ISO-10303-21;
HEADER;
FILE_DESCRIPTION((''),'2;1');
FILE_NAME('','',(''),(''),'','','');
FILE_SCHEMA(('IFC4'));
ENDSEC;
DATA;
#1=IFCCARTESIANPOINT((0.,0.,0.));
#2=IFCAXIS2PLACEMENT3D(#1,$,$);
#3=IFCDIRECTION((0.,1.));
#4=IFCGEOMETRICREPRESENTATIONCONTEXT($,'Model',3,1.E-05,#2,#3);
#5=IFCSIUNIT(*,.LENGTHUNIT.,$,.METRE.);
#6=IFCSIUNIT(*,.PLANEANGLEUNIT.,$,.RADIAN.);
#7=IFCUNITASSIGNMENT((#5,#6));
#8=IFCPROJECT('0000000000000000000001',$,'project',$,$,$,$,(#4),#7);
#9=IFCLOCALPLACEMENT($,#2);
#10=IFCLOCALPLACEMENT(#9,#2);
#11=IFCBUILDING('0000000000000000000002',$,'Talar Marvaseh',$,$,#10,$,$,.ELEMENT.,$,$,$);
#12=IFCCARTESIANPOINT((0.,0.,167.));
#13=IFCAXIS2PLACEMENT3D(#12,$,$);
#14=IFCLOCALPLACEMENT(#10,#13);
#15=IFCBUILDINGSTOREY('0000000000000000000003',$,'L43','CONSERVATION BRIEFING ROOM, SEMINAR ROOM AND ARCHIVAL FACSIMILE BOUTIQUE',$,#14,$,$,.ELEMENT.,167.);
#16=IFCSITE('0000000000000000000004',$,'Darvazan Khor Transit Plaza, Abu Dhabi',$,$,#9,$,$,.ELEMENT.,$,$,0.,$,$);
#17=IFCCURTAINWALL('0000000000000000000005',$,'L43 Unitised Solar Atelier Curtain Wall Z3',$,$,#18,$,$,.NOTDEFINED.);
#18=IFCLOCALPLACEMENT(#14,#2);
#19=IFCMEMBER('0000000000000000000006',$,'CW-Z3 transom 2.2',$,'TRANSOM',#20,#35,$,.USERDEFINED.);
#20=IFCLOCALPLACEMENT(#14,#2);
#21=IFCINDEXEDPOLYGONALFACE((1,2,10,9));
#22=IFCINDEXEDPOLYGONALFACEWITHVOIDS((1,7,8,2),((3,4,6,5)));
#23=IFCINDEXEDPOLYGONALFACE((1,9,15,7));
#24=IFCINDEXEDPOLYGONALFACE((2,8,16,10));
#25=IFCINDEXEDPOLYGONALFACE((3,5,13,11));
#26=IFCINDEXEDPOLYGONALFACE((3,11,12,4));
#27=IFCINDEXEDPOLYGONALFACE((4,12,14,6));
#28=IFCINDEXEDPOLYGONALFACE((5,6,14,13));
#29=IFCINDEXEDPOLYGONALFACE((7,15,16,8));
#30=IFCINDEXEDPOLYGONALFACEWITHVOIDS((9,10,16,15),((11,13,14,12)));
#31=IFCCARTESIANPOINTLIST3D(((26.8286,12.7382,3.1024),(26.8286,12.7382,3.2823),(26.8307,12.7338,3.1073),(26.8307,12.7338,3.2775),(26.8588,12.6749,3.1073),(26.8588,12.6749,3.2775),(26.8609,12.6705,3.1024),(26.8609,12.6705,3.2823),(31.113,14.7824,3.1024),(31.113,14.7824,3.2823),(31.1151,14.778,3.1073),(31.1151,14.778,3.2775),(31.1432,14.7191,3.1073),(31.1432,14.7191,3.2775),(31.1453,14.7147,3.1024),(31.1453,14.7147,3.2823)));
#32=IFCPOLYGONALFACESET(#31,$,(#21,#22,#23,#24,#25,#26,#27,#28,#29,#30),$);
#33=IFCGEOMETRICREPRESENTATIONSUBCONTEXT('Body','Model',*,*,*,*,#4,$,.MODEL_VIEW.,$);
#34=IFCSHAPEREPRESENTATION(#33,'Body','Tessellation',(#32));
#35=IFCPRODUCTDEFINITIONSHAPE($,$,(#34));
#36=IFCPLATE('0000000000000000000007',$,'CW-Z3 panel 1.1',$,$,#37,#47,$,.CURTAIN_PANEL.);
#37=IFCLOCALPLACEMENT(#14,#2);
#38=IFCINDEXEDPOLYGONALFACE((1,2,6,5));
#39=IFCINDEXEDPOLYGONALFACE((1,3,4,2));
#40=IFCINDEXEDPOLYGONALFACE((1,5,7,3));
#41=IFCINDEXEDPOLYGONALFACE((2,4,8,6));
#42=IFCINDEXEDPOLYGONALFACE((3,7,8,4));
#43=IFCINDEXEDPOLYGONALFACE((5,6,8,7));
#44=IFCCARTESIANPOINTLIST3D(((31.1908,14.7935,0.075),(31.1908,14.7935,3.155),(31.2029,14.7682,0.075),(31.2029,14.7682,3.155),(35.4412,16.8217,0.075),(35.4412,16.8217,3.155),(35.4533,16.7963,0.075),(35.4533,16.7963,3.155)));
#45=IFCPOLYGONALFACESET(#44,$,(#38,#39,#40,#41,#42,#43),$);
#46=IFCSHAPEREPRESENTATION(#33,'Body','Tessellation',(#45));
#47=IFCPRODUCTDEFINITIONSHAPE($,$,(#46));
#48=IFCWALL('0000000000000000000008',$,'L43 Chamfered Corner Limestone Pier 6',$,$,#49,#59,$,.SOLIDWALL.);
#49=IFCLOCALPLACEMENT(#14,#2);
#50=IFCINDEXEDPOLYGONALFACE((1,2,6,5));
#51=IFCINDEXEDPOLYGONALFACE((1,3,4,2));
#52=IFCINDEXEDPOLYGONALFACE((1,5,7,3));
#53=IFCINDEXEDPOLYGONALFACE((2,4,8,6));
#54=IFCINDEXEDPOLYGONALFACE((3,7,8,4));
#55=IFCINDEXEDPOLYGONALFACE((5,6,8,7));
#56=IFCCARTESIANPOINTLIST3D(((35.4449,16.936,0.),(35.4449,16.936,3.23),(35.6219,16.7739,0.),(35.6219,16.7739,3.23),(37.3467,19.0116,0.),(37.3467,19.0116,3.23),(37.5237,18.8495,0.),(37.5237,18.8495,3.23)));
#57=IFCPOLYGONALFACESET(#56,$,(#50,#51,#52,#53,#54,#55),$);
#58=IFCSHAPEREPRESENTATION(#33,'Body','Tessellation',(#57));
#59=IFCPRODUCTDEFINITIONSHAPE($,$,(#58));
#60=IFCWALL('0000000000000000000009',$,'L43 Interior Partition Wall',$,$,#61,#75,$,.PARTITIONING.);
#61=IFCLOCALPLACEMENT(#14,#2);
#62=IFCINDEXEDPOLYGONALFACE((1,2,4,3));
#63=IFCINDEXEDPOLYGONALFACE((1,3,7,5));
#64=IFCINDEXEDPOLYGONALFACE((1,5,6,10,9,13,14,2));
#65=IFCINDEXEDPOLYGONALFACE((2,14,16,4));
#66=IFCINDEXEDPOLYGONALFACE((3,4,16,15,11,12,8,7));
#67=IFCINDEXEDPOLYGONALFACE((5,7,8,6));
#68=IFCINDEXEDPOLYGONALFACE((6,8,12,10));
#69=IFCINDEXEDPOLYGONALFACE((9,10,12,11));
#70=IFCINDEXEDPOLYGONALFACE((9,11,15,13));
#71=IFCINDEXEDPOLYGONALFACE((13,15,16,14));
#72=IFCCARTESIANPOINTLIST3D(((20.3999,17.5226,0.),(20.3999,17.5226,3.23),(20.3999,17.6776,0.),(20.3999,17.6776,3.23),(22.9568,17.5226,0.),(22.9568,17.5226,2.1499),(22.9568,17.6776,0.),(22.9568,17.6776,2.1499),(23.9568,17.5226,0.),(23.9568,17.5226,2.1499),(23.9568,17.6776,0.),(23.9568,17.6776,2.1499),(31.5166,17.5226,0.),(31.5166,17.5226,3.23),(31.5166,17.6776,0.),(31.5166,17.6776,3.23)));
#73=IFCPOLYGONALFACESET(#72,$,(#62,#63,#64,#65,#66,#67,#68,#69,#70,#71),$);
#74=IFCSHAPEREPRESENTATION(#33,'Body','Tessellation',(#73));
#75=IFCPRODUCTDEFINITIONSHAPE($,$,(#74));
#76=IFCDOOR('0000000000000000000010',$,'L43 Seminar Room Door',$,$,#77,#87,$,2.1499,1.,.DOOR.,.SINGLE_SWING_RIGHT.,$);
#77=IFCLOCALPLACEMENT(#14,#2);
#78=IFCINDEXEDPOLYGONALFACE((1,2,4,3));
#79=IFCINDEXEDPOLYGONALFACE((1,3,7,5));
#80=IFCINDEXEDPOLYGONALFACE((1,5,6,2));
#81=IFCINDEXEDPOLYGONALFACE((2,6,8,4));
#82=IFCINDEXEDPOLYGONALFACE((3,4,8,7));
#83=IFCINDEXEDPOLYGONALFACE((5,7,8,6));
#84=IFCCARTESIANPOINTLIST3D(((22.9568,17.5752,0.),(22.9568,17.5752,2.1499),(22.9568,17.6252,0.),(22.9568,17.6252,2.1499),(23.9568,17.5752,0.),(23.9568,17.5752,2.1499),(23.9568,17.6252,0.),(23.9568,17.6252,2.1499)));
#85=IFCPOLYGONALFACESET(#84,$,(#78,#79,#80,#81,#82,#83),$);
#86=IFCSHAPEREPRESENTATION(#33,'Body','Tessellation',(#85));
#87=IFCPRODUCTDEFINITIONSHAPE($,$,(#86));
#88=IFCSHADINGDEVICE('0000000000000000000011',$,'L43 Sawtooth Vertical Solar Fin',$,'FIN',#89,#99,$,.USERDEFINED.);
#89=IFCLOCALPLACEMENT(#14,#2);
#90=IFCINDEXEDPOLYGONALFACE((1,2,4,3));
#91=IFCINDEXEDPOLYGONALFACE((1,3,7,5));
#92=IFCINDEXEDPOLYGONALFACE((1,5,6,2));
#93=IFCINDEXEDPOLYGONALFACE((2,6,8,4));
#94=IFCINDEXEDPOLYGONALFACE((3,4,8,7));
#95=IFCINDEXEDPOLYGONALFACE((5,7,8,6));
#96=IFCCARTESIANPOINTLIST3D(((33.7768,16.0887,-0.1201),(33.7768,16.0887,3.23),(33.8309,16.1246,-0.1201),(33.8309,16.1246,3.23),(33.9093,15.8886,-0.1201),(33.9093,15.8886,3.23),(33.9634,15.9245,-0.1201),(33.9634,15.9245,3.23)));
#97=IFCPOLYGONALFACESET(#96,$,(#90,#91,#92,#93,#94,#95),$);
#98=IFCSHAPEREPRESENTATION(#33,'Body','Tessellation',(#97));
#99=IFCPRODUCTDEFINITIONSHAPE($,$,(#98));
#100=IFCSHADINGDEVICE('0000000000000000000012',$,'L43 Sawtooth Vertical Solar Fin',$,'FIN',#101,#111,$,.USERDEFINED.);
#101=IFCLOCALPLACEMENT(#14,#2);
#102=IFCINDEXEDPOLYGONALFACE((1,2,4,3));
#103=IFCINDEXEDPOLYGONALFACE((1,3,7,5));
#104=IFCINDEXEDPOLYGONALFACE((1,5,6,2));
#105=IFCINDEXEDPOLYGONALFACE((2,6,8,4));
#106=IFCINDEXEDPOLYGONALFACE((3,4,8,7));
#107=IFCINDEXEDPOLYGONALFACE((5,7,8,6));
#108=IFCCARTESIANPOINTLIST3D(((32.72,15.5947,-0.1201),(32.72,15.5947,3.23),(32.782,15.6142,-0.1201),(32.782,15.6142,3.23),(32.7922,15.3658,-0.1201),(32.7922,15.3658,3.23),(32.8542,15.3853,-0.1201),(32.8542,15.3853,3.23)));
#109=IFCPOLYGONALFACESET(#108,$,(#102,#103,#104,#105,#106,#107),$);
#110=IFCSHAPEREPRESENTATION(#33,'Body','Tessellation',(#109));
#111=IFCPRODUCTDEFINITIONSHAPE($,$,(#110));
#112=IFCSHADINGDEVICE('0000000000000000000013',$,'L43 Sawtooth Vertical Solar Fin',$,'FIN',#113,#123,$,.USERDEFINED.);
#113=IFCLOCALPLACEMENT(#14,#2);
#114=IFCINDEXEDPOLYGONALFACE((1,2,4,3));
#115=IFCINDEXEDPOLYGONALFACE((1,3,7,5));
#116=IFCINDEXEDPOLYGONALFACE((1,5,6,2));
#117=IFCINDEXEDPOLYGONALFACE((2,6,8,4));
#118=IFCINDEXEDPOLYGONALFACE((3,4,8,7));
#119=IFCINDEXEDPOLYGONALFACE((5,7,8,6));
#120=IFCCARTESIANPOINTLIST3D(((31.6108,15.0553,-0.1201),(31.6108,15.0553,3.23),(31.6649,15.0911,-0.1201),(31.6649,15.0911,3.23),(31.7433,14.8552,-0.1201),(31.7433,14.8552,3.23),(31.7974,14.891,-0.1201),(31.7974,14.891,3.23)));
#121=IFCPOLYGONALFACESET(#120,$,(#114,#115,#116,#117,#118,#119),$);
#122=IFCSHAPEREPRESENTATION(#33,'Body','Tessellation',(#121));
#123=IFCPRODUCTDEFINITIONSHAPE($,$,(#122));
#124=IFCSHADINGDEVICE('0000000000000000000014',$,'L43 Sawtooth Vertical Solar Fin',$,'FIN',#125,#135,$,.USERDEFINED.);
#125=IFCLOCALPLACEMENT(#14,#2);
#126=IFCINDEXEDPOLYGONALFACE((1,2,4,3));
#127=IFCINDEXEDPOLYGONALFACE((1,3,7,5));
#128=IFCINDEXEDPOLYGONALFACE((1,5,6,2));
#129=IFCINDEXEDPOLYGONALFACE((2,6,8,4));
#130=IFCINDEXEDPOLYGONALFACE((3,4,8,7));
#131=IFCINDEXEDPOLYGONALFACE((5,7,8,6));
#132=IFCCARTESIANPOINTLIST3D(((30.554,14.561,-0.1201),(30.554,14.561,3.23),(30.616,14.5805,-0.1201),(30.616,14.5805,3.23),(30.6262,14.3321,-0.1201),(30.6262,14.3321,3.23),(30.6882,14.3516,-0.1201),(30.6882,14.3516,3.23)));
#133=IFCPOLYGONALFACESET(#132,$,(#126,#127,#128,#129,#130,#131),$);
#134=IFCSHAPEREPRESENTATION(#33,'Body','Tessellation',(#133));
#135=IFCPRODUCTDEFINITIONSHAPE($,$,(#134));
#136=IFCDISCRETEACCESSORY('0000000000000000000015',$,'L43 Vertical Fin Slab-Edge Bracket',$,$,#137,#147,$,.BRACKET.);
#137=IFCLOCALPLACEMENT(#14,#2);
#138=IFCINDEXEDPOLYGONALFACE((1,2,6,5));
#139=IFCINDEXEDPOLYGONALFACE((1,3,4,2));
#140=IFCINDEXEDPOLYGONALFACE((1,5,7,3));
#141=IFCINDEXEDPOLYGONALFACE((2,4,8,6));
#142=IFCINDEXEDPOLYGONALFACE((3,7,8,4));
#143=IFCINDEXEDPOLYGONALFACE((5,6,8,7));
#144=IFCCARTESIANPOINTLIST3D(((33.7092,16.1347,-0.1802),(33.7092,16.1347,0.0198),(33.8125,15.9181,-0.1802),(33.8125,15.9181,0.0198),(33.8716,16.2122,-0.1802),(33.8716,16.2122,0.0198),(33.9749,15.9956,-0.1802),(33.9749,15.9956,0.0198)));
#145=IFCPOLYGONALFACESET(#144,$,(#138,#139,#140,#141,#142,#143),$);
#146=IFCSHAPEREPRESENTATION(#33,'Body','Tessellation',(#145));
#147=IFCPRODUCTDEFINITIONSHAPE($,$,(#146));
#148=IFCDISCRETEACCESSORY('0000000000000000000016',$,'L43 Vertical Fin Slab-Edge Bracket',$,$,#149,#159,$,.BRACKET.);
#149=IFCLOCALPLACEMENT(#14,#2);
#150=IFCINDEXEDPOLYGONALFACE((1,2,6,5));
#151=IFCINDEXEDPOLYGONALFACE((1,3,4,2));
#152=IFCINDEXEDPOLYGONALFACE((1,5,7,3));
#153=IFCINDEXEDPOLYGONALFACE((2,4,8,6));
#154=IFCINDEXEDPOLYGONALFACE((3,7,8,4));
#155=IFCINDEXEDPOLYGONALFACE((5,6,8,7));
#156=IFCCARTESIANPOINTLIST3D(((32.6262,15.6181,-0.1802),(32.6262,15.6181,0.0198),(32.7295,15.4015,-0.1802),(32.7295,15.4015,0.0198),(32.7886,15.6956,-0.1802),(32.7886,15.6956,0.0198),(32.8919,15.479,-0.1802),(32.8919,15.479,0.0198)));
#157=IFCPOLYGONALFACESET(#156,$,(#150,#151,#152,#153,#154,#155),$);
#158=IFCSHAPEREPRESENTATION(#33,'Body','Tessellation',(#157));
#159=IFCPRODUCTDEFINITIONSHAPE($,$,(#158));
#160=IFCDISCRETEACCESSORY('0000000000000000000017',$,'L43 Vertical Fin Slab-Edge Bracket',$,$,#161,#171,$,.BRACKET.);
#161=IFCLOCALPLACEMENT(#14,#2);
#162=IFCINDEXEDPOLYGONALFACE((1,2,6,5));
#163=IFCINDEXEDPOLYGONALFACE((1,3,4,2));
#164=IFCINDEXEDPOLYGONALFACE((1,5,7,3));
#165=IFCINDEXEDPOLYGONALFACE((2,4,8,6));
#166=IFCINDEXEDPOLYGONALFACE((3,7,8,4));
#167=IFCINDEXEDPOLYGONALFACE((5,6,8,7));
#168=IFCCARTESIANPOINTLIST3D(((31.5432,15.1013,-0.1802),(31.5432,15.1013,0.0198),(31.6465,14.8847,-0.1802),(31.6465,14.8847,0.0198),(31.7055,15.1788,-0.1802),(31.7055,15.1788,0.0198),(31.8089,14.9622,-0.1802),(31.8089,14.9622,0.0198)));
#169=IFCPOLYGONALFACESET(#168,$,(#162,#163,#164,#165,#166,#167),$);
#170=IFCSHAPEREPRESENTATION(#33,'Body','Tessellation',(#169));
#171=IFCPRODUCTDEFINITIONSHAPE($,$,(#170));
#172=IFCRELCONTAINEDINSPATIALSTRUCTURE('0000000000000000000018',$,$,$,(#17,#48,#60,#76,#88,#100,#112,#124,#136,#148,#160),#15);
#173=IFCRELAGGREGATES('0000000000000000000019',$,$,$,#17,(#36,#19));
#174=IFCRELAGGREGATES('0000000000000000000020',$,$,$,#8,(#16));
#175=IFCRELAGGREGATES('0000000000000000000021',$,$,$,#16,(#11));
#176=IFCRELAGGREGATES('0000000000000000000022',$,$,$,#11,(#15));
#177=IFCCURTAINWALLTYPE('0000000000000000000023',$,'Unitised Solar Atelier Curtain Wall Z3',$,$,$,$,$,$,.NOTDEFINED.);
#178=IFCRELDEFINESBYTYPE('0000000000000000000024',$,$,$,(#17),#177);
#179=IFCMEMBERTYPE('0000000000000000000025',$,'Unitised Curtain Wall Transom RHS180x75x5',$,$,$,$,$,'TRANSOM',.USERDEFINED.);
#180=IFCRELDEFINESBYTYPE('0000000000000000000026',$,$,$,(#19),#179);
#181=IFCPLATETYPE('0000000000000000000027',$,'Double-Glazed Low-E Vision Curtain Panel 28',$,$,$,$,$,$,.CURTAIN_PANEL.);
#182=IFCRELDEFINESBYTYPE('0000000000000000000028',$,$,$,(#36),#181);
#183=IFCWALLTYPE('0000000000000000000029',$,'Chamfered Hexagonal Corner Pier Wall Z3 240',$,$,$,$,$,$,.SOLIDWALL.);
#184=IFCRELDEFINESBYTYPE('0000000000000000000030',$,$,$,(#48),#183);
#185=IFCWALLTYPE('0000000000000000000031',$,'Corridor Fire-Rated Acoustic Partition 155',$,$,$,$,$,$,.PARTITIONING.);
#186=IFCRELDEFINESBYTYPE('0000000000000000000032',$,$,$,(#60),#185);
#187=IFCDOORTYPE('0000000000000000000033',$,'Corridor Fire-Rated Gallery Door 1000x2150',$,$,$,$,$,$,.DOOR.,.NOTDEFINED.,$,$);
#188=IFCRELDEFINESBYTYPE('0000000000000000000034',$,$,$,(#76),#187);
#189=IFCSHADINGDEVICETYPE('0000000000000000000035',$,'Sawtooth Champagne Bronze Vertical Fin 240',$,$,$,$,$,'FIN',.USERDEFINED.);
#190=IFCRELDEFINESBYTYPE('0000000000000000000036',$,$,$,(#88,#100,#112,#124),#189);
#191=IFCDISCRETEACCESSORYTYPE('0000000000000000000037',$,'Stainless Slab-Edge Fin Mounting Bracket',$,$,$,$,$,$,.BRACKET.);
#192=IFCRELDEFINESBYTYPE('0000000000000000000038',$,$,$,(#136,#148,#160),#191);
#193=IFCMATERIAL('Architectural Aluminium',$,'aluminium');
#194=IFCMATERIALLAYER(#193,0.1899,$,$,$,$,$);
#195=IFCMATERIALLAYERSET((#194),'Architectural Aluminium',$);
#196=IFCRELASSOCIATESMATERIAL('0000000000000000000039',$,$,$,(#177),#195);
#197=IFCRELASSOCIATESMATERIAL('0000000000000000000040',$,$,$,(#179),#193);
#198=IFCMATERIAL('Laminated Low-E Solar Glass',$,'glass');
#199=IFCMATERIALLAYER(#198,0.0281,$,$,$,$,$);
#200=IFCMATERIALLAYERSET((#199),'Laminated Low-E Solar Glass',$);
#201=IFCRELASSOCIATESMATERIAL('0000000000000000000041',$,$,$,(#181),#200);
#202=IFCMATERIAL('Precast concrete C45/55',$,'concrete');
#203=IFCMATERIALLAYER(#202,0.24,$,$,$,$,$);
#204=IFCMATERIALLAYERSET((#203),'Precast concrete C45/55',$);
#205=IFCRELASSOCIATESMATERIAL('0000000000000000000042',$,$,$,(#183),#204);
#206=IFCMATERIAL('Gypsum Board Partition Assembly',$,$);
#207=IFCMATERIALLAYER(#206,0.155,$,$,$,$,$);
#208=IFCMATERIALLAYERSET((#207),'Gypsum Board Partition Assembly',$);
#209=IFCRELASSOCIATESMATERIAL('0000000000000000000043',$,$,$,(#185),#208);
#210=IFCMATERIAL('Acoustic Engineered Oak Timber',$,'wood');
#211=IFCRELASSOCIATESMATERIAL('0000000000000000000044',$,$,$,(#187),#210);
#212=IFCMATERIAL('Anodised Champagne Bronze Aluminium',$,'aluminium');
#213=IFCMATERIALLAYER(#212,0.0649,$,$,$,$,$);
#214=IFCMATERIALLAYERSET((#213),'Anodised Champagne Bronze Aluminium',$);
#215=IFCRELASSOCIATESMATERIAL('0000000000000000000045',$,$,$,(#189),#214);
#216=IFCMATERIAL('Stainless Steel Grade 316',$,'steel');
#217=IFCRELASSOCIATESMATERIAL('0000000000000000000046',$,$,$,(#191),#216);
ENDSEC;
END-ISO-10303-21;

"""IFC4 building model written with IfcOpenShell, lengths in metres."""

from ifc_helpers import new_model, si_unit, direction, frame, frame_2d, origin, origin_2d, place, context, subcontext, project, spatial, rectangle, hollow_rectangle, extrude, source, transform, mapped, material, layer, layer_set, material_profile, profile_set, type_object, type_shapes, element, fill, aggregate, save


model = new_model("IFC4")

# Units and contexts
model_context = context("Model", 3, precision=1e-05, world=origin(), true_north=direction((0.0, 1.0)))
body_context = subcontext(model_context, "Body", "Model", "MODEL_VIEW")
ifc_project = project(units=[si_unit("LENGTHUNIT", "METRE"), si_unit("PLANEANGLEUNIT", "RADIAN")], contexts=[model_context])

# Site, building, storey
site_placement = place(None, origin())
site = spatial("IfcSite", under=ifc_project, at=site_placement, Name="Darvazan Khor Transit Plaza, Abu Dhabi", CompositionType="ELEMENT", RefElevation=0.0)
building_placement = place(site_placement, origin())
building = spatial("IfcBuilding", under=site, at=building_placement, Name="Talar Marvaseh", CompositionType="ELEMENT")
storey_placement = place(building_placement, frame((0.0, 0.0, 167.0)))
storey = spatial("IfcBuildingStorey", under=building, at=storey_placement, Name="L43", Description="CONSERVATION BRIEFING ROOM, SEMINAR ROOM AND ARCHIVAL FACSIMILE BOUTIQUE", CompositionType="ELEMENT", Elevation=167.0)

# Shared definitions
ifc_material_1 = material(Name="Architectural Aluminium", Category="aluminium")
ifc_layer_1 = layer(ifc_material_1, 0.1899)
ifc_layer_set_1 = layer_set([ifc_layer_1], Name="Architectural Aluminium")
curtain_wall_type = type_object("IfcCurtainWallType", Name="Unitised Solar Atelier Curtain Wall Z3", PredefinedType="NOTDEFINED", material=ifc_layer_set_1)

# Curtain wall, member, plate
curtain_wall_1_placement = place(storey_placement, origin())
curtain_wall_1 = element("IfcCurtainWall", 1, at=curtain_wall_1_placement, inside=storey, type_object=curtain_wall_type, Name="L43 Unitised Solar Atelier Curtain Wall Z3", PredefinedType="NOTDEFINED")
ifc_material_profile_1 = material_profile(ifc_material_1, hollow_rectangle(XDim=0.075, YDim=0.1799, WallThickness=0.0049, at=origin_2d()), Name="RHS180x75x5")
ifc_profile_set_1 = profile_set([ifc_material_profile_1], Name="Architectural Aluminium")
member_type_1 = type_object("IfcMemberType", Name="Unitised Curtain Wall Transom RHS180x75x5", ElementType="TRANSOM", PredefinedType="USERDEFINED", material=ifc_profile_set_1)
shared_shape_1 = source(origin(), body_context, "Body", "SweptSolid", [
    extrude(hollow_rectangle(XDim=0.075, YDim=0.1799, WallThickness=0.0049, at=origin_2d()), origin(), (0.0, 0.0, 1.0), 4.7471),
])
member_1_placement = place(storey_placement, frame((31.1292, 14.7485, 3.1924), z_axis=(-0.902534, -0.430618, 0.0), x_axis=(0.430618, -0.902534, 0.0)))
member_1 = element("IfcMember", 2, at=member_1_placement, type_object=member_type_1, Name="CW-Z3 transom 2.2", ObjectType="TRANSOM", PredefinedType="USERDEFINED", context=body_context, shape_type="MappedRepresentation", body=[
    mapped(shared_shape_1, transform((0.0, 0.0, 0.0), x_axis=(1.0, 0.0, 0.0), y_axis=(0.0, 1.0, 0.0), z_axis=(0.0, 0.0, 1.0), scale=1.0)),
])
ifc_material_2 = material(Name="Laminated Low-E Solar Glass", Category="glass")
ifc_layer_2 = layer(ifc_material_2, 0.0281)
ifc_layer_set_2 = layer_set([ifc_layer_2], Name="Laminated Low-E Solar Glass")
plate_type = type_object("IfcPlateType", Name="Double-Glazed Low-E Vision Curtain Panel 28", PredefinedType="CURTAIN_PANEL", material=ifc_layer_set_2)
shared_shape_2 = source(origin(), body_context, "Body", "SweptSolid", [
    extrude(rectangle(XDim=4.7095, YDim=0.0281, at=origin_2d()), origin(), (0.0, 0.0, 1.0), 3.0801),
])
type_shapes(plate_type, [shared_shape_2])
plate_placement = place(storey_placement, frame((33.322, 15.7949, 0.075), z_axis=(0.0, 0.0, 1.0), x_axis=(-0.902519, -0.430651, 0.0)))
plate = element("IfcPlate", 3, at=plate_placement, type_object=plate_type, Name="CW-Z3 panel 1.1", PredefinedType="CURTAIN_PANEL", context=body_context, shape_type="MappedRepresentation", body=[
    mapped(shared_shape_2, transform((0.0, 0.0, 0.0), x_axis=(1.0, 0.0, 0.0), y_axis=(0.0, 1.0, 0.0), z_axis=(0.0, 0.0, 1.0), scale=1.0)),
])
aggregate(curtain_wall_1, [plate, member_1])

# Wall
ifc_material_3 = material(Name="Precast concrete C45/55", Category="concrete")
ifc_layer_3 = layer(ifc_material_3, 0.24)
ifc_layer_set_3 = layer_set([ifc_layer_3], Name="Precast concrete C45/55")
wall_type_1 = type_object("IfcWallType", Name="Chamfered Hexagonal Corner Pier Wall Z3 240", PredefinedType="SOLIDWALL", material=ifc_layer_set_3)
wall_1_placement = place(storey_placement, frame((37.4353, 18.9307, 0.0), z_axis=(0.0, 0.0, 1.0), x_axis=(-0.67556, -0.737305, 0.0)))
element("IfcWall", 4, at=wall_1_placement, inside=storey, type_object=wall_type_1, Name="L43 Chamfered Corner Limestone Pier 6", PredefinedType="SOLIDWALL", context=body_context, shape_type="SweptSolid", body=[
    extrude(rectangle(XDim=2.8152, YDim=0.24, at=frame_2d((1.4077, 0.0))), origin(), (0.0, 0.0, 1.0), 3.23),
])

# Wall, opening, door
ifc_material_4 = material(Name="Gypsum Board Partition Assembly")
ifc_layer_4 = layer(ifc_material_4, 0.155)
ifc_layer_set_4 = layer_set([ifc_layer_4], Name="Gypsum Board Partition Assembly")
wall_type_2 = type_object("IfcWallType", Name="Corridor Fire-Rated Acoustic Partition 155", PredefinedType="PARTITIONING", material=ifc_layer_set_4)
wall_2_placement = place(storey_placement, frame((31.5166, 17.6001, 0.0), z_axis=(0.0, 0.0, 1.0), x_axis=(-1.0, 0.0, 0.0)))
wall_2 = element("IfcWall", 5, at=wall_2_placement, inside=storey, type_object=wall_type_2, Name="L43 Interior Partition Wall", PredefinedType="PARTITIONING", context=body_context, shape_type="SweptSolid", body=[
    extrude(rectangle(XDim=11.1167, YDim=0.155, at=frame_2d((5.5583, 0.0))), origin(), (0.0, 0.0, 1.0), 3.23),
])
opening_placement = place(wall_2_placement, frame((7.5598, 0.0, 0.0)))
opening = element("IfcOpeningElement", 6, at=opening_placement, cuts=wall_2, PredefinedType="OPENING", context=body_context, shape_type="SweptSolid", body=[
    extrude(rectangle(XDim=1.0, YDim=2.1499, at=frame_2d((0.5, 1.075))), frame((0.0, 0.0874, 0.0), z_axis=(0.0, -1.0, 0.0), x_axis=(1.0, 0.0, 0.0)), (0.0, 0.0, 1.0), 0.175),
])
ifc_material_5 = material(Name="Acoustic Engineered Oak Timber", Category="wood")
door_type = type_object("IfcDoorType", Name="Corridor Fire-Rated Gallery Door 1000x2150", OperationType="NOTDEFINED", PredefinedType="DOOR", material=ifc_material_5)
shared_shape_3 = source(origin(), body_context, "Body", "SweptSolid", [
    extrude(rectangle(XDim=1.0, YDim=2.1499, at=frame_2d((0.5, 1.075))), frame((0.0, 0.0249, 0.0), z_axis=(0.0, -1.0, 0.0), x_axis=(1.0, 0.0, 0.0)), (0.0, 0.0, 1.0), 0.05),
])
type_shapes(door_type, [shared_shape_3])
door_placement = place(opening_placement, origin())
door = element("IfcDoor", 7, at=door_placement, inside=storey, type_object=door_type, Name="L43 Seminar Room Door", OperationType="SINGLE_SWING_RIGHT", OverallHeight=2.1499, OverallWidth=1.0, PredefinedType="DOOR", context=body_context, shape_type="MappedRepresentation", body=[
    mapped(shared_shape_3, transform((0.0, 0.0, 0.0), x_axis=(1.0, 0.0, 0.0), y_axis=(0.0, 1.0, 0.0), z_axis=(0.0, 0.0, 1.0), scale=1.0)),
])
fill(opening, door)

# Shading devices
ifc_material_6 = material(Name="Anodised Champagne Bronze Aluminium", Category="aluminium")
ifc_layer_5 = layer(ifc_material_6, 0.0649)
ifc_layer_set_5 = layer_set([ifc_layer_5], Name="Anodised Champagne Bronze Aluminium")
shading_device_type = type_object("IfcShadingDeviceType", Name="Sawtooth Champagne Bronze Vertical Fin 240", ElementType="FIN", PredefinedType="USERDEFINED", material=ifc_layer_set_5)
shared_shape_4 = source(origin(), body_context, "Body", "SweptSolid", [
    extrude(rectangle(XDim=0.24, YDim=0.0649, at=origin_2d()), origin(), (0.0, 0.0, 1.0), 3.3501),
])
type_shapes(shading_device_type, [shared_shape_4])
for number, where, z_axis, x_axis, name in (
    (8, (33.8701, 16.0066, -0.1201), (0.0, 0.0, 1.0), (0.552083, -0.833789, 0.0), "L43 Sawtooth Vertical Solar Fin"),
    (9, (32.7871, 15.49, -0.1201), (0.0, 0.0, 1.0), (0.300872, -0.953664, 0.0), "L43 Sawtooth Vertical Solar Fin"),
    (10, (31.7041, 14.9731, -0.1201), (0.0, 0.0, 1.0), (0.552083, -0.833789, 0.0), "L43 Sawtooth Vertical Solar Fin"),
    (11, (30.6211, 14.4563, -0.1201), (0.0, 0.0, 1.0), (0.300872, -0.953664, 0.0), "L43 Sawtooth Vertical Solar Fin"),
):
    element("IfcShadingDevice", number, at=place(storey_placement, frame(where, z_axis=z_axis, x_axis=x_axis)), inside=storey, type_object=shading_device_type, Name=name, ObjectType="FIN", PredefinedType="USERDEFINED", context=body_context, shape_type="MappedRepresentation", body=[
        mapped(shared_shape_4, transform((0.0, 0.0, 0.0), x_axis=(1.0, 0.0, 0.0), y_axis=(0.0, 1.0, 0.0), z_axis=(0.0, 0.0, 1.0), scale=1.0)),
    ])

# Discrete accessories
ifc_material_7 = material(Name="Stainless Steel Grade 316", Category="steel")
discrete_accessory_type = type_object("IfcDiscreteAccessoryType", Name="Stainless Slab-Edge Fin Mounting Bracket", PredefinedType="BRACKET", material=ifc_material_7)
shared_shape_5 = source(origin(), body_context, "Body", "SweptSolid", [
    extrude(rectangle(XDim=0.24, YDim=0.1799, at=origin_2d()), origin(), (0.0, 0.0, 1.0), 0.2),
])
type_shapes(discrete_accessory_type, [shared_shape_5])
for number, where, z_axis, x_axis, name in (
    (12, (33.842, 16.0652, -0.1802), (0.0, 0.0, 1.0), (0.430669, -0.90251, 0.0), "L43 Vertical Fin Slab-Edge Bracket"),
    (13, (32.759, 15.5486, -0.1802), (0.0, 0.0, 1.0), (0.430669, -0.90251, 0.0), "L43 Vertical Fin Slab-Edge Bracket"),
    (14, (31.676, 15.0317, -0.1802), (0.0, 0.0, 1.0), (0.430669, -0.90251, 0.0), "L43 Vertical Fin Slab-Edge Bracket"),
):
    element("IfcDiscreteAccessory", number, at=place(storey_placement, frame(where, z_axis=z_axis, x_axis=x_axis)), inside=storey, type_object=discrete_accessory_type, Name=name, PredefinedType="BRACKET", context=body_context, shape_type="MappedRepresentation", body=[
        mapped(shared_shape_5, transform((0.0, 0.0, 0.0), x_axis=(1.0, 0.0, 0.0), y_axis=(0.0, 1.0, 0.0), z_axis=(0.0, 0.0, 1.0), scale=1.0)),
    ])

save(model, "model.ifc")
